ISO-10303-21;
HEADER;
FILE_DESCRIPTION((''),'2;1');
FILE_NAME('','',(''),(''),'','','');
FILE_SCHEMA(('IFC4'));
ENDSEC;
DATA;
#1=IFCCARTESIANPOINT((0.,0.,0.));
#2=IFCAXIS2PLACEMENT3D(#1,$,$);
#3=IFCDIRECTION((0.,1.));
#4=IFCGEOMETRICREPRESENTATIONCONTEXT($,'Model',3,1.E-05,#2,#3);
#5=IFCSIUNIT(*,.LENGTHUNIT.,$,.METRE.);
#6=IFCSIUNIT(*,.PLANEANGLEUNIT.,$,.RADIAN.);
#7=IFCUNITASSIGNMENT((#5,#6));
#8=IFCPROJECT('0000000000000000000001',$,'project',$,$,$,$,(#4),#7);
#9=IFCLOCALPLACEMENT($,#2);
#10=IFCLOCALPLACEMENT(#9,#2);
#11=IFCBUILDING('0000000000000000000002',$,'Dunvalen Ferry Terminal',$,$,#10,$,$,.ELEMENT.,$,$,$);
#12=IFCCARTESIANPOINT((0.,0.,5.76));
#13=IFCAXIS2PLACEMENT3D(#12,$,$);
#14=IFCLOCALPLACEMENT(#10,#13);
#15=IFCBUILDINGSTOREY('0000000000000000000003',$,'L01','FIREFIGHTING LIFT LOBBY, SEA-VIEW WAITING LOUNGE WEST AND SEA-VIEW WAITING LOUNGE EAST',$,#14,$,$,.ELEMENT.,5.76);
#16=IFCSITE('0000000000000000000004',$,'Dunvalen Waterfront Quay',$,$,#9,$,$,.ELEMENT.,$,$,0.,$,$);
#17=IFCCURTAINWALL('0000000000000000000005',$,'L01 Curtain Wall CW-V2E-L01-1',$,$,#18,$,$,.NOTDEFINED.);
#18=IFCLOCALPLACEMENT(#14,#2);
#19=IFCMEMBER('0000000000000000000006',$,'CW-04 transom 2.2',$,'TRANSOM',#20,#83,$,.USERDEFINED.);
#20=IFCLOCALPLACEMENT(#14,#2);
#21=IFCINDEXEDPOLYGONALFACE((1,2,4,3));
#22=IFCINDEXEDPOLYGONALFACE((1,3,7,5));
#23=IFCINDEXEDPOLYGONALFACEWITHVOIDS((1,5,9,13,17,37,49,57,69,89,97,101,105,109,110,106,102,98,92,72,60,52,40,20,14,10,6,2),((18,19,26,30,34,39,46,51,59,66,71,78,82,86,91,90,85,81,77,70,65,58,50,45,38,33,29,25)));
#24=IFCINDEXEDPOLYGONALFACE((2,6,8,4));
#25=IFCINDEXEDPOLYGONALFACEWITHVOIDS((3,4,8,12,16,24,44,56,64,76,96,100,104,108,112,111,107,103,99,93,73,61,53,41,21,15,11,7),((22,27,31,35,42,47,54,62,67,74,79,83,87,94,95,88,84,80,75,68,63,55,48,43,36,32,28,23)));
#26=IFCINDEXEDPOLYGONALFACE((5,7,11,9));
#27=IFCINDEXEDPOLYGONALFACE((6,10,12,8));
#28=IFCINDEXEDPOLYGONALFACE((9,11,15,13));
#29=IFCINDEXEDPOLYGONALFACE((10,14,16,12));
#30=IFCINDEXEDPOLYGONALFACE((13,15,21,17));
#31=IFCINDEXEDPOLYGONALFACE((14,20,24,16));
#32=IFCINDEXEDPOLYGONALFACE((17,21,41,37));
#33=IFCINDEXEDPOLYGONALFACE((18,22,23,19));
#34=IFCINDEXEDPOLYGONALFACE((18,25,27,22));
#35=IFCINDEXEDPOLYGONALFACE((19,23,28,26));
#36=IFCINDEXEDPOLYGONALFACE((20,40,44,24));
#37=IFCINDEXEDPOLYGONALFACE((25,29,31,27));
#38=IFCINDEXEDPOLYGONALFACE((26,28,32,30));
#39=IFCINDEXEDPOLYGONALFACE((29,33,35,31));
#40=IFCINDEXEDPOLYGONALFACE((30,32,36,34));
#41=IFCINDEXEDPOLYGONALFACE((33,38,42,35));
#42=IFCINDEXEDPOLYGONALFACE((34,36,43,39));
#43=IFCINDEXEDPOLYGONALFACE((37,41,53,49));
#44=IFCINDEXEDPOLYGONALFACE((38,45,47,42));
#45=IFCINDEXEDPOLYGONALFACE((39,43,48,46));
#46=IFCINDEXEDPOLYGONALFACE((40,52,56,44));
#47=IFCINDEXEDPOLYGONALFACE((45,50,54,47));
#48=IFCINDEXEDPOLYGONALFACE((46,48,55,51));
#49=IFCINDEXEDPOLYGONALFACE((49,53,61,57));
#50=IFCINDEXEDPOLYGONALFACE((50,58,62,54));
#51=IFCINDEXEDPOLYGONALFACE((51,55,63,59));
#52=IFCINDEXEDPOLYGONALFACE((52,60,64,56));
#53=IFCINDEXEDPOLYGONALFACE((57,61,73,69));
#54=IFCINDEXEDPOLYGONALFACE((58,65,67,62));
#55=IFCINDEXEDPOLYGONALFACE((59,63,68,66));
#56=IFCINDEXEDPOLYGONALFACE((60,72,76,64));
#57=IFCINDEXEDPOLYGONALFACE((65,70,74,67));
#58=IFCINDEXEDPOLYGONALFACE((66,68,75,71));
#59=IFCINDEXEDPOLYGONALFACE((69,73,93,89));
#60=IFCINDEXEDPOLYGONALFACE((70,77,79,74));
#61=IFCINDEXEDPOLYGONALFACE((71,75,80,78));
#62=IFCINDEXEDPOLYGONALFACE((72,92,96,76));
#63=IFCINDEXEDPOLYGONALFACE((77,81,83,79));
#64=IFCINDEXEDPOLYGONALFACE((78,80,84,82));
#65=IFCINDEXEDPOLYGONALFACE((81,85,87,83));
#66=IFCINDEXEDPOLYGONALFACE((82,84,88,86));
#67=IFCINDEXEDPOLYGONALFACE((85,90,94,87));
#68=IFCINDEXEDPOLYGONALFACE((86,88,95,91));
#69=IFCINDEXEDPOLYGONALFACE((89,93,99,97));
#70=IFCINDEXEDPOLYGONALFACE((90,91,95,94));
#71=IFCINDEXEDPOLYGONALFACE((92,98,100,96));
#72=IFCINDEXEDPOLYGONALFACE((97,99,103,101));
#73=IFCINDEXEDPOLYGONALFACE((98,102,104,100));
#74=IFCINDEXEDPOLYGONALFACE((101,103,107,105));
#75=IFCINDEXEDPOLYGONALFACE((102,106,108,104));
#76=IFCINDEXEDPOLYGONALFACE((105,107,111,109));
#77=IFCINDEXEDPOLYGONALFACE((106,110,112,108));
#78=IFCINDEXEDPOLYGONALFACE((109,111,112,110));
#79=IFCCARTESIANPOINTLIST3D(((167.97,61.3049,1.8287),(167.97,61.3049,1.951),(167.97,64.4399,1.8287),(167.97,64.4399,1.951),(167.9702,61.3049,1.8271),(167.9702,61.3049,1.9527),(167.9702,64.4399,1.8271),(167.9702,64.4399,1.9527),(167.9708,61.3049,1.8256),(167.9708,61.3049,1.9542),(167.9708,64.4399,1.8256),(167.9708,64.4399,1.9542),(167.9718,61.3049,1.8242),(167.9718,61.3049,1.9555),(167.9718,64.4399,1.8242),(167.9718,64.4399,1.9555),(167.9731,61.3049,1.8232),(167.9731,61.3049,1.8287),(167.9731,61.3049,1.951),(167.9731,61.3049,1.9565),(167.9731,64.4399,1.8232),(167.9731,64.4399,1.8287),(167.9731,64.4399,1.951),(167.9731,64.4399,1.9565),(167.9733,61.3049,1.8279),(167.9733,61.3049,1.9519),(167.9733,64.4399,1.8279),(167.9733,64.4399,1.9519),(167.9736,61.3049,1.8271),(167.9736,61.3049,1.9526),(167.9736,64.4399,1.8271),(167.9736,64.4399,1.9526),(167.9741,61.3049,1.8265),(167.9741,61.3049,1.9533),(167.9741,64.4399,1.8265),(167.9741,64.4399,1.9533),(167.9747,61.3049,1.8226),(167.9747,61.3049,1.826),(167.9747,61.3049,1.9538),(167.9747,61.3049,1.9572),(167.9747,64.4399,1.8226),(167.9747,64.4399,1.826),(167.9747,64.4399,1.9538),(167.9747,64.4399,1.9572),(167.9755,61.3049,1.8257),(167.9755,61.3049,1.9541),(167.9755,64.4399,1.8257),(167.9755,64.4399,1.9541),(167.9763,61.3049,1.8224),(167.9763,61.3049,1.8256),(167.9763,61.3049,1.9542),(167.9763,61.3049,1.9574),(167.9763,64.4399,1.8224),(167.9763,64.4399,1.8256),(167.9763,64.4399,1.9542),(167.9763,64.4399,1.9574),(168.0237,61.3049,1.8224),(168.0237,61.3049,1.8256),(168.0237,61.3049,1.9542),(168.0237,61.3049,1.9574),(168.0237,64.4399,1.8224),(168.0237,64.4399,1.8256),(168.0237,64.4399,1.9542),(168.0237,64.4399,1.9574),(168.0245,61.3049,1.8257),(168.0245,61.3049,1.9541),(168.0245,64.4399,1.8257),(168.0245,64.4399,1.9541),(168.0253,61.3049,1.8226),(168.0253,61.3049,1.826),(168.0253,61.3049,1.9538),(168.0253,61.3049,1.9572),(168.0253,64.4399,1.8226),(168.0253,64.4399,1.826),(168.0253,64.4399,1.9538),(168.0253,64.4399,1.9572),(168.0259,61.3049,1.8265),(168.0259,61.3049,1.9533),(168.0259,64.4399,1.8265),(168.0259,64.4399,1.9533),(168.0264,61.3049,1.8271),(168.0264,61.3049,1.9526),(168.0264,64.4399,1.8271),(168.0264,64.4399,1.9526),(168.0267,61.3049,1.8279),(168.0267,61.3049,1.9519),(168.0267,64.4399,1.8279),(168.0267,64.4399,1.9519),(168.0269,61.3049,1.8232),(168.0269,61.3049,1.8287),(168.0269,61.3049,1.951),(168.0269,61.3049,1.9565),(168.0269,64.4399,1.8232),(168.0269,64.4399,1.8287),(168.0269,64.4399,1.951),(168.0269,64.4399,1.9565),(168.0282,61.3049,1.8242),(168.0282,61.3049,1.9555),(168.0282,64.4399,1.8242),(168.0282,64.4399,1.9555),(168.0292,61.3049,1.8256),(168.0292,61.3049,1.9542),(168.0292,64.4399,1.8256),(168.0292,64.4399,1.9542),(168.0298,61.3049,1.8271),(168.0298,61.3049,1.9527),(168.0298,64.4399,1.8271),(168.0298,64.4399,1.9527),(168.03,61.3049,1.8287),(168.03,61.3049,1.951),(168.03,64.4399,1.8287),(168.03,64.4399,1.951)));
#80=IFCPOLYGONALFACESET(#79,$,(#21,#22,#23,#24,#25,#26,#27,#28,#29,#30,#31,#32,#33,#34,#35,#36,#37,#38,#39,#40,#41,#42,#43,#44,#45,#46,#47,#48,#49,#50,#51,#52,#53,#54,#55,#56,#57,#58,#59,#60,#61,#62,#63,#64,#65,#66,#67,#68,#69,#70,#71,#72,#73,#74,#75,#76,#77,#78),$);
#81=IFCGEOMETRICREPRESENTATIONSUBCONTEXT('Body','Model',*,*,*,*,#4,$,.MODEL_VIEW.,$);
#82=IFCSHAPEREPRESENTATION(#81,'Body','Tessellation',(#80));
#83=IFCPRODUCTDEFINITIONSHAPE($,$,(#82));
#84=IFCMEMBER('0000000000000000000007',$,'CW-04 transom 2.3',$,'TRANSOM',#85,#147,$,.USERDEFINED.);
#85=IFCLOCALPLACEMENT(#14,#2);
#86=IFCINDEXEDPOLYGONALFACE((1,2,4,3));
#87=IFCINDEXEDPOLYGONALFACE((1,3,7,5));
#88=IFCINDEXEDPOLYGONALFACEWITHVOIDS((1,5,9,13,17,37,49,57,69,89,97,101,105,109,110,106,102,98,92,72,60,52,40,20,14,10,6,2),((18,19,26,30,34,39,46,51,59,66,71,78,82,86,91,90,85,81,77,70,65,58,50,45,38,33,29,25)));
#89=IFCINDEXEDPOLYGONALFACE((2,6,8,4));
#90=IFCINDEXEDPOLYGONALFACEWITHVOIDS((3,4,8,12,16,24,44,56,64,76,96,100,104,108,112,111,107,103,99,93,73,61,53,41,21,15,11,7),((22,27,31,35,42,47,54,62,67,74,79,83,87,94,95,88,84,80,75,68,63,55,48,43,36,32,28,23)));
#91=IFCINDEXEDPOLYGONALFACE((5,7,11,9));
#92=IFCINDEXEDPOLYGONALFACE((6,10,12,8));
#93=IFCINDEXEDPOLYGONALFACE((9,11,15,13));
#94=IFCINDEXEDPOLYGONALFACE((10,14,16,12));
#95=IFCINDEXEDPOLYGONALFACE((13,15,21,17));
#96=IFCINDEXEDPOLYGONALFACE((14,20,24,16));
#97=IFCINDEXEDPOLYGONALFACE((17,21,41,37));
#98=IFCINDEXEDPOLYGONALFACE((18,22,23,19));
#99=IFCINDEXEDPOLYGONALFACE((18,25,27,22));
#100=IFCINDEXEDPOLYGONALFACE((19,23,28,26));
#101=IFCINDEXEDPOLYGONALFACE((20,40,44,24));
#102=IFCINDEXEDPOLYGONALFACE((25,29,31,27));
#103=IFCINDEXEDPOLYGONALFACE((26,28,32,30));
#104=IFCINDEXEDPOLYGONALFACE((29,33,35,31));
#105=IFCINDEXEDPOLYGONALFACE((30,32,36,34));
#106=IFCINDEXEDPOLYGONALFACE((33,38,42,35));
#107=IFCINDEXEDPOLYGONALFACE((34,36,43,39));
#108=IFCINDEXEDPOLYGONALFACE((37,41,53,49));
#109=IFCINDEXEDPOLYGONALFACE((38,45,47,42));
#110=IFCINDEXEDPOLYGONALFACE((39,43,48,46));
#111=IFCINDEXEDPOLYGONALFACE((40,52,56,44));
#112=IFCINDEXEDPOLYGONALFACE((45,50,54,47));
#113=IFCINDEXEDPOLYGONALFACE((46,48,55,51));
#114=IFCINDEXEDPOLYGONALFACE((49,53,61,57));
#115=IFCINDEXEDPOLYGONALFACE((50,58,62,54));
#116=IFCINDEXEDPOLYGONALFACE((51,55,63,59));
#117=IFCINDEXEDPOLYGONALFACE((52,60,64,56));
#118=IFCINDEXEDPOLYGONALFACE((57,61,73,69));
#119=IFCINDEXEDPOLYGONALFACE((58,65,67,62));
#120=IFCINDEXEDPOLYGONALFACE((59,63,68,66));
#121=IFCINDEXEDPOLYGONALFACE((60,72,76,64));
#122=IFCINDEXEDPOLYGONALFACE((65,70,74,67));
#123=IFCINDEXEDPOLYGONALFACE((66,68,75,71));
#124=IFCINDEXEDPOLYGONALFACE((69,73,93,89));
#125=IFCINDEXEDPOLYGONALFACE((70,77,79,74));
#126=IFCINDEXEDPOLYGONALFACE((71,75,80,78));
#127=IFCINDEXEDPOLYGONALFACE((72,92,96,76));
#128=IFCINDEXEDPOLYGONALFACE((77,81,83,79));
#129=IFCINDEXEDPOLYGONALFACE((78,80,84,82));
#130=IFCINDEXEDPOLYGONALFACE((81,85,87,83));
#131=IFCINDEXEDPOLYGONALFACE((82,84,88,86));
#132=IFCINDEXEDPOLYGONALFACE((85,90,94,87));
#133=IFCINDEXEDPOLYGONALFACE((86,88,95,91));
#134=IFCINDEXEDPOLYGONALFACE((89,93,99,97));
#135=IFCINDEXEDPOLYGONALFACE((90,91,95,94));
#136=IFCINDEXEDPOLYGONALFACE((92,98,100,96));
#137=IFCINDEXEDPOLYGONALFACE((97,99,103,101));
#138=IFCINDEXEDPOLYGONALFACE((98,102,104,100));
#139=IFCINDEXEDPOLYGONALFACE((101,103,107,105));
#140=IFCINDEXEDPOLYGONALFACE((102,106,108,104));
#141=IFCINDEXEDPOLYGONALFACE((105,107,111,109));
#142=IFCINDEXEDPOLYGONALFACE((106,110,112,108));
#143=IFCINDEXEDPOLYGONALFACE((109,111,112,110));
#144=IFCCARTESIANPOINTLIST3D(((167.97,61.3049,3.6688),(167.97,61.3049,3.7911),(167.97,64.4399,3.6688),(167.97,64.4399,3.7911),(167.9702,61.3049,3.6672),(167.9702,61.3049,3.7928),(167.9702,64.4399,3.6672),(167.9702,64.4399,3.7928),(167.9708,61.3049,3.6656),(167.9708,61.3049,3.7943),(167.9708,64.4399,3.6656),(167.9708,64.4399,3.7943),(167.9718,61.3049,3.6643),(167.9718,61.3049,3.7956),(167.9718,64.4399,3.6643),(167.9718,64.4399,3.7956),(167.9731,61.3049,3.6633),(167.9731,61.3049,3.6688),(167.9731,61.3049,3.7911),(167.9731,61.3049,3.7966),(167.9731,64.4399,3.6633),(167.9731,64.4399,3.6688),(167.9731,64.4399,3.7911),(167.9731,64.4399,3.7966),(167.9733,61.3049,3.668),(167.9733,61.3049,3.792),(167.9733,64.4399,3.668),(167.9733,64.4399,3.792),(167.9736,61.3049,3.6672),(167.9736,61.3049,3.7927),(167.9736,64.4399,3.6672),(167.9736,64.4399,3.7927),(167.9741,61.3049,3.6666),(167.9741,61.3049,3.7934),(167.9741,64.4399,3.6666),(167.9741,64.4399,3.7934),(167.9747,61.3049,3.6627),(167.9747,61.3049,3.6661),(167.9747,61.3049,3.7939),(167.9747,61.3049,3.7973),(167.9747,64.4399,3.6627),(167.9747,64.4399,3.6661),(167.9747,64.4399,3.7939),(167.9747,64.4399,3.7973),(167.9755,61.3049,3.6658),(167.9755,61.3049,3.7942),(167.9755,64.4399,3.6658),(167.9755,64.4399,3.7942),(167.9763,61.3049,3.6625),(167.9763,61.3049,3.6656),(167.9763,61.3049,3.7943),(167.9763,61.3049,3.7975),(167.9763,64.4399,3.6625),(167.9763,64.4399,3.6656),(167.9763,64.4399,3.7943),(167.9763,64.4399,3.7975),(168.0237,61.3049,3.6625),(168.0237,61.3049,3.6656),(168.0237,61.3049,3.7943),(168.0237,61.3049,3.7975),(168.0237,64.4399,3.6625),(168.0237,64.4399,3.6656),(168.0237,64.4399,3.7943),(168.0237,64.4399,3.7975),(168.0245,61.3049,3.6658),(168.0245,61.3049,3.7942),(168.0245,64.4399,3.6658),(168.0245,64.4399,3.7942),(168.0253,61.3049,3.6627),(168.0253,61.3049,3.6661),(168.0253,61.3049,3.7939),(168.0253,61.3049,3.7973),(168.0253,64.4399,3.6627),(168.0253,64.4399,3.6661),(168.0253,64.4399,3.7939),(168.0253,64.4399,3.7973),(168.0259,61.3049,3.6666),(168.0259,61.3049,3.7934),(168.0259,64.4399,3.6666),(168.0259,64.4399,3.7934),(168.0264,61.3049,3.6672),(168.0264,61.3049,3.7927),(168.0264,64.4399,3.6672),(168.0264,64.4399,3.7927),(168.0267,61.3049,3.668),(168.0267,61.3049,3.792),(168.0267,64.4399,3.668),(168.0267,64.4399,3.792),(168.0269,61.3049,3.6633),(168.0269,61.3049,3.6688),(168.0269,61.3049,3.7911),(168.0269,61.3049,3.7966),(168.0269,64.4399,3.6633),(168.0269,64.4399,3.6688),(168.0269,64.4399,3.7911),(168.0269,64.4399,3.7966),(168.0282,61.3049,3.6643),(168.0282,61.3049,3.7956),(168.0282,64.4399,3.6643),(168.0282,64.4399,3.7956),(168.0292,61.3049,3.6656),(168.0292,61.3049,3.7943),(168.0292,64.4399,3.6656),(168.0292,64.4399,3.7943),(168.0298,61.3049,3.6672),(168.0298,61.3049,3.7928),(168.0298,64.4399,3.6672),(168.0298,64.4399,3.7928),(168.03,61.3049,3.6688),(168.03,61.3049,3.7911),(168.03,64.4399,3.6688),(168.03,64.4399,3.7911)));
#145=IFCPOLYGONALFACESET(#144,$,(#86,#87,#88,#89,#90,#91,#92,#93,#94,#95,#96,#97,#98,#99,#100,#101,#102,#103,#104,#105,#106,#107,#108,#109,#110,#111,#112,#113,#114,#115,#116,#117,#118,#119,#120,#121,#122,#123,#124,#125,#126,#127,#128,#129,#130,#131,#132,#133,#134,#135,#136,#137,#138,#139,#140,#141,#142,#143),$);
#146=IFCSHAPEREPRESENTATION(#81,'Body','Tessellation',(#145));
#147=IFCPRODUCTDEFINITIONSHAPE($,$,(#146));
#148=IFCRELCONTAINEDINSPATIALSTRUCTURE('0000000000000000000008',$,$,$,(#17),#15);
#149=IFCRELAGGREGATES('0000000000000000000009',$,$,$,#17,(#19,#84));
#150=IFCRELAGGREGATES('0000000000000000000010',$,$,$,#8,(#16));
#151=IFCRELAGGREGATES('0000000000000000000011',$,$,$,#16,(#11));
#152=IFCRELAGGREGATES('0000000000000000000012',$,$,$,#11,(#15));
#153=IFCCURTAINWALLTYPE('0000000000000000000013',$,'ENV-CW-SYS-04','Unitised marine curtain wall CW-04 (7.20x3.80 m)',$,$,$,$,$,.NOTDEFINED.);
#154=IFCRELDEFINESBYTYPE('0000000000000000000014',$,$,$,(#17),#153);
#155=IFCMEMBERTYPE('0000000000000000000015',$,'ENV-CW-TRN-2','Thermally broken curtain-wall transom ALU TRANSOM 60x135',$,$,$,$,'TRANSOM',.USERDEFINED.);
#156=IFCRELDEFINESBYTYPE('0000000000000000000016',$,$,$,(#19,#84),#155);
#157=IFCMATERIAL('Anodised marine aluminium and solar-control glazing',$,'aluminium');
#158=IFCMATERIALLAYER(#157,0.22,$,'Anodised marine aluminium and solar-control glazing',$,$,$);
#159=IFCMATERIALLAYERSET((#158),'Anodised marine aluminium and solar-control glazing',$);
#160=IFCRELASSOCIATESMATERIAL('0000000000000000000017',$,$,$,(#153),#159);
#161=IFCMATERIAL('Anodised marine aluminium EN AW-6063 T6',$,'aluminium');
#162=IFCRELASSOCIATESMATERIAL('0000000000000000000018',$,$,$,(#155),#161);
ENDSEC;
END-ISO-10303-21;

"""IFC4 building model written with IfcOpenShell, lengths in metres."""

from ifc_helpers import new_model, si_unit, direction, frame, origin, origin_2d, place, context, subcontext, project, spatial, hollow_rectangle, extrude, material, layer, layer_set, material_profile, profile_set, type_object, element, aggregate, save


model = new_model("IFC4")

# Units and contexts
model_context = context("Model", 3, precision=1e-05, world=origin(), true_north=direction((0.0, 1.0)))
body_context = subcontext(model_context, "Body", "Model", "MODEL_VIEW")
ifc_project = project(units=[si_unit("LENGTHUNIT", "METRE"), si_unit("PLANEANGLEUNIT", "RADIAN")], contexts=[model_context])

# Site, building, storey
site_placement = place(None, origin())
site = spatial("IfcSite", under=ifc_project, at=site_placement, Name="Dunvalen Waterfront Quay", CompositionType="ELEMENT", RefElevation=0.0)
building_placement = place(site_placement, origin())
building = spatial("IfcBuilding", under=site, at=building_placement, Name="Dunvalen Ferry Terminal", CompositionType="ELEMENT")
storey_placement = place(building_placement, frame((0.0, 0.0, 5.76)))
storey = spatial("IfcBuildingStorey", under=building, at=storey_placement, Name="L01", Description="FIREFIGHTING LIFT LOBBY, SEA-VIEW WAITING LOUNGE WEST AND SEA-VIEW WAITING LOUNGE EAST", CompositionType="ELEMENT", Elevation=5.76)

# Curtain wall
ifc_material_1 = material(Name="Anodised marine aluminium and solar-control glazing", Category="aluminium")
ifc_layer_1 = layer(ifc_material_1, 0.22, Name="Anodised marine aluminium and solar-control glazing")
ifc_layer_set_1 = layer_set([ifc_layer_1], Name="Anodised marine aluminium and solar-control glazing")
curtain_wall_type = type_object("IfcCurtainWallType", Name="ENV-CW-SYS-04", Description="Unitised marine curtain wall CW-04 (7.20x3.80 m)", PredefinedType="NOTDEFINED", material=ifc_layer_set_1)
curtain_wall_1_placement = place(storey_placement, origin())
curtain_wall_1 = element("IfcCurtainWall", 1, at=curtain_wall_1_placement, inside=storey, type_object=curtain_wall_type, Name="L01 Curtain Wall CW-V2E-L01-1", PredefinedType="NOTDEFINED")
ifc_material_2 = material(Name="Anodised marine aluminium EN AW-6063 T6", Category="aluminium")

# Members
ifc_material_profile_1 = material_profile(ifc_material_2, hollow_rectangle(XDim=0.0601, YDim=0.135, WallThickness=0.0032, InnerFilletRadius=0.0032, OuterFilletRadius=0.0063, at=origin_2d()), Name="Anodised marine aluminium EN AW-6063 T6")
ifc_profile_set_1 = profile_set([ifc_material_profile_1], Name="Anodised marine aluminium EN AW-6063 T6")
member_type_1 = type_object("IfcMemberType", Name="ENV-CW-TRN-2", Description="Thermally broken curtain-wall transom ALU TRANSOM 60x135", ElementType="TRANSOM", PredefinedType="USERDEFINED", material=ifc_profile_set_1)
member_1_placement = place(storey_placement, frame((168.0, 61.3049, 1.8899), z_axis=(0.0, 1.0, 0.0), x_axis=(-1.0, 0.0, 0.0)))
member_1 = element("IfcMember", 2, at=member_1_placement, type_object=member_type_1, Name="CW-04 transom 2.2", ObjectType="TRANSOM", PredefinedType="USERDEFINED", context=body_context, shape_type="SweptSolid", body=[
    extrude(hollow_rectangle(XDim=0.0601, YDim=0.135, WallThickness=0.0032, InnerFilletRadius=0.0032, OuterFilletRadius=0.0063, at=origin_2d()), origin(), (0.0, 0.0, 1.0), 3.135),
])
member_2_placement = place(storey_placement, frame((168.0, 61.3049, 3.73), z_axis=(0.0, 1.0, 0.0), x_axis=(-1.0, 0.0, 0.0)))
member_2 = element("IfcMember", 3, at=member_2_placement, type_object=member_type_1, Name="CW-04 transom 2.3", ObjectType="TRANSOM", PredefinedType="USERDEFINED", context=body_context, shape_type="SweptSolid", body=[
    extrude(hollow_rectangle(XDim=0.0601, YDim=0.135, WallThickness=0.0032, InnerFilletRadius=0.0032, OuterFilletRadius=0.0063, at=origin_2d()), origin(), (0.0, 0.0, 1.0), 3.135),
])

aggregate(curtain_wall_1, [member_1, member_2])

save(model, "model.ifc")
